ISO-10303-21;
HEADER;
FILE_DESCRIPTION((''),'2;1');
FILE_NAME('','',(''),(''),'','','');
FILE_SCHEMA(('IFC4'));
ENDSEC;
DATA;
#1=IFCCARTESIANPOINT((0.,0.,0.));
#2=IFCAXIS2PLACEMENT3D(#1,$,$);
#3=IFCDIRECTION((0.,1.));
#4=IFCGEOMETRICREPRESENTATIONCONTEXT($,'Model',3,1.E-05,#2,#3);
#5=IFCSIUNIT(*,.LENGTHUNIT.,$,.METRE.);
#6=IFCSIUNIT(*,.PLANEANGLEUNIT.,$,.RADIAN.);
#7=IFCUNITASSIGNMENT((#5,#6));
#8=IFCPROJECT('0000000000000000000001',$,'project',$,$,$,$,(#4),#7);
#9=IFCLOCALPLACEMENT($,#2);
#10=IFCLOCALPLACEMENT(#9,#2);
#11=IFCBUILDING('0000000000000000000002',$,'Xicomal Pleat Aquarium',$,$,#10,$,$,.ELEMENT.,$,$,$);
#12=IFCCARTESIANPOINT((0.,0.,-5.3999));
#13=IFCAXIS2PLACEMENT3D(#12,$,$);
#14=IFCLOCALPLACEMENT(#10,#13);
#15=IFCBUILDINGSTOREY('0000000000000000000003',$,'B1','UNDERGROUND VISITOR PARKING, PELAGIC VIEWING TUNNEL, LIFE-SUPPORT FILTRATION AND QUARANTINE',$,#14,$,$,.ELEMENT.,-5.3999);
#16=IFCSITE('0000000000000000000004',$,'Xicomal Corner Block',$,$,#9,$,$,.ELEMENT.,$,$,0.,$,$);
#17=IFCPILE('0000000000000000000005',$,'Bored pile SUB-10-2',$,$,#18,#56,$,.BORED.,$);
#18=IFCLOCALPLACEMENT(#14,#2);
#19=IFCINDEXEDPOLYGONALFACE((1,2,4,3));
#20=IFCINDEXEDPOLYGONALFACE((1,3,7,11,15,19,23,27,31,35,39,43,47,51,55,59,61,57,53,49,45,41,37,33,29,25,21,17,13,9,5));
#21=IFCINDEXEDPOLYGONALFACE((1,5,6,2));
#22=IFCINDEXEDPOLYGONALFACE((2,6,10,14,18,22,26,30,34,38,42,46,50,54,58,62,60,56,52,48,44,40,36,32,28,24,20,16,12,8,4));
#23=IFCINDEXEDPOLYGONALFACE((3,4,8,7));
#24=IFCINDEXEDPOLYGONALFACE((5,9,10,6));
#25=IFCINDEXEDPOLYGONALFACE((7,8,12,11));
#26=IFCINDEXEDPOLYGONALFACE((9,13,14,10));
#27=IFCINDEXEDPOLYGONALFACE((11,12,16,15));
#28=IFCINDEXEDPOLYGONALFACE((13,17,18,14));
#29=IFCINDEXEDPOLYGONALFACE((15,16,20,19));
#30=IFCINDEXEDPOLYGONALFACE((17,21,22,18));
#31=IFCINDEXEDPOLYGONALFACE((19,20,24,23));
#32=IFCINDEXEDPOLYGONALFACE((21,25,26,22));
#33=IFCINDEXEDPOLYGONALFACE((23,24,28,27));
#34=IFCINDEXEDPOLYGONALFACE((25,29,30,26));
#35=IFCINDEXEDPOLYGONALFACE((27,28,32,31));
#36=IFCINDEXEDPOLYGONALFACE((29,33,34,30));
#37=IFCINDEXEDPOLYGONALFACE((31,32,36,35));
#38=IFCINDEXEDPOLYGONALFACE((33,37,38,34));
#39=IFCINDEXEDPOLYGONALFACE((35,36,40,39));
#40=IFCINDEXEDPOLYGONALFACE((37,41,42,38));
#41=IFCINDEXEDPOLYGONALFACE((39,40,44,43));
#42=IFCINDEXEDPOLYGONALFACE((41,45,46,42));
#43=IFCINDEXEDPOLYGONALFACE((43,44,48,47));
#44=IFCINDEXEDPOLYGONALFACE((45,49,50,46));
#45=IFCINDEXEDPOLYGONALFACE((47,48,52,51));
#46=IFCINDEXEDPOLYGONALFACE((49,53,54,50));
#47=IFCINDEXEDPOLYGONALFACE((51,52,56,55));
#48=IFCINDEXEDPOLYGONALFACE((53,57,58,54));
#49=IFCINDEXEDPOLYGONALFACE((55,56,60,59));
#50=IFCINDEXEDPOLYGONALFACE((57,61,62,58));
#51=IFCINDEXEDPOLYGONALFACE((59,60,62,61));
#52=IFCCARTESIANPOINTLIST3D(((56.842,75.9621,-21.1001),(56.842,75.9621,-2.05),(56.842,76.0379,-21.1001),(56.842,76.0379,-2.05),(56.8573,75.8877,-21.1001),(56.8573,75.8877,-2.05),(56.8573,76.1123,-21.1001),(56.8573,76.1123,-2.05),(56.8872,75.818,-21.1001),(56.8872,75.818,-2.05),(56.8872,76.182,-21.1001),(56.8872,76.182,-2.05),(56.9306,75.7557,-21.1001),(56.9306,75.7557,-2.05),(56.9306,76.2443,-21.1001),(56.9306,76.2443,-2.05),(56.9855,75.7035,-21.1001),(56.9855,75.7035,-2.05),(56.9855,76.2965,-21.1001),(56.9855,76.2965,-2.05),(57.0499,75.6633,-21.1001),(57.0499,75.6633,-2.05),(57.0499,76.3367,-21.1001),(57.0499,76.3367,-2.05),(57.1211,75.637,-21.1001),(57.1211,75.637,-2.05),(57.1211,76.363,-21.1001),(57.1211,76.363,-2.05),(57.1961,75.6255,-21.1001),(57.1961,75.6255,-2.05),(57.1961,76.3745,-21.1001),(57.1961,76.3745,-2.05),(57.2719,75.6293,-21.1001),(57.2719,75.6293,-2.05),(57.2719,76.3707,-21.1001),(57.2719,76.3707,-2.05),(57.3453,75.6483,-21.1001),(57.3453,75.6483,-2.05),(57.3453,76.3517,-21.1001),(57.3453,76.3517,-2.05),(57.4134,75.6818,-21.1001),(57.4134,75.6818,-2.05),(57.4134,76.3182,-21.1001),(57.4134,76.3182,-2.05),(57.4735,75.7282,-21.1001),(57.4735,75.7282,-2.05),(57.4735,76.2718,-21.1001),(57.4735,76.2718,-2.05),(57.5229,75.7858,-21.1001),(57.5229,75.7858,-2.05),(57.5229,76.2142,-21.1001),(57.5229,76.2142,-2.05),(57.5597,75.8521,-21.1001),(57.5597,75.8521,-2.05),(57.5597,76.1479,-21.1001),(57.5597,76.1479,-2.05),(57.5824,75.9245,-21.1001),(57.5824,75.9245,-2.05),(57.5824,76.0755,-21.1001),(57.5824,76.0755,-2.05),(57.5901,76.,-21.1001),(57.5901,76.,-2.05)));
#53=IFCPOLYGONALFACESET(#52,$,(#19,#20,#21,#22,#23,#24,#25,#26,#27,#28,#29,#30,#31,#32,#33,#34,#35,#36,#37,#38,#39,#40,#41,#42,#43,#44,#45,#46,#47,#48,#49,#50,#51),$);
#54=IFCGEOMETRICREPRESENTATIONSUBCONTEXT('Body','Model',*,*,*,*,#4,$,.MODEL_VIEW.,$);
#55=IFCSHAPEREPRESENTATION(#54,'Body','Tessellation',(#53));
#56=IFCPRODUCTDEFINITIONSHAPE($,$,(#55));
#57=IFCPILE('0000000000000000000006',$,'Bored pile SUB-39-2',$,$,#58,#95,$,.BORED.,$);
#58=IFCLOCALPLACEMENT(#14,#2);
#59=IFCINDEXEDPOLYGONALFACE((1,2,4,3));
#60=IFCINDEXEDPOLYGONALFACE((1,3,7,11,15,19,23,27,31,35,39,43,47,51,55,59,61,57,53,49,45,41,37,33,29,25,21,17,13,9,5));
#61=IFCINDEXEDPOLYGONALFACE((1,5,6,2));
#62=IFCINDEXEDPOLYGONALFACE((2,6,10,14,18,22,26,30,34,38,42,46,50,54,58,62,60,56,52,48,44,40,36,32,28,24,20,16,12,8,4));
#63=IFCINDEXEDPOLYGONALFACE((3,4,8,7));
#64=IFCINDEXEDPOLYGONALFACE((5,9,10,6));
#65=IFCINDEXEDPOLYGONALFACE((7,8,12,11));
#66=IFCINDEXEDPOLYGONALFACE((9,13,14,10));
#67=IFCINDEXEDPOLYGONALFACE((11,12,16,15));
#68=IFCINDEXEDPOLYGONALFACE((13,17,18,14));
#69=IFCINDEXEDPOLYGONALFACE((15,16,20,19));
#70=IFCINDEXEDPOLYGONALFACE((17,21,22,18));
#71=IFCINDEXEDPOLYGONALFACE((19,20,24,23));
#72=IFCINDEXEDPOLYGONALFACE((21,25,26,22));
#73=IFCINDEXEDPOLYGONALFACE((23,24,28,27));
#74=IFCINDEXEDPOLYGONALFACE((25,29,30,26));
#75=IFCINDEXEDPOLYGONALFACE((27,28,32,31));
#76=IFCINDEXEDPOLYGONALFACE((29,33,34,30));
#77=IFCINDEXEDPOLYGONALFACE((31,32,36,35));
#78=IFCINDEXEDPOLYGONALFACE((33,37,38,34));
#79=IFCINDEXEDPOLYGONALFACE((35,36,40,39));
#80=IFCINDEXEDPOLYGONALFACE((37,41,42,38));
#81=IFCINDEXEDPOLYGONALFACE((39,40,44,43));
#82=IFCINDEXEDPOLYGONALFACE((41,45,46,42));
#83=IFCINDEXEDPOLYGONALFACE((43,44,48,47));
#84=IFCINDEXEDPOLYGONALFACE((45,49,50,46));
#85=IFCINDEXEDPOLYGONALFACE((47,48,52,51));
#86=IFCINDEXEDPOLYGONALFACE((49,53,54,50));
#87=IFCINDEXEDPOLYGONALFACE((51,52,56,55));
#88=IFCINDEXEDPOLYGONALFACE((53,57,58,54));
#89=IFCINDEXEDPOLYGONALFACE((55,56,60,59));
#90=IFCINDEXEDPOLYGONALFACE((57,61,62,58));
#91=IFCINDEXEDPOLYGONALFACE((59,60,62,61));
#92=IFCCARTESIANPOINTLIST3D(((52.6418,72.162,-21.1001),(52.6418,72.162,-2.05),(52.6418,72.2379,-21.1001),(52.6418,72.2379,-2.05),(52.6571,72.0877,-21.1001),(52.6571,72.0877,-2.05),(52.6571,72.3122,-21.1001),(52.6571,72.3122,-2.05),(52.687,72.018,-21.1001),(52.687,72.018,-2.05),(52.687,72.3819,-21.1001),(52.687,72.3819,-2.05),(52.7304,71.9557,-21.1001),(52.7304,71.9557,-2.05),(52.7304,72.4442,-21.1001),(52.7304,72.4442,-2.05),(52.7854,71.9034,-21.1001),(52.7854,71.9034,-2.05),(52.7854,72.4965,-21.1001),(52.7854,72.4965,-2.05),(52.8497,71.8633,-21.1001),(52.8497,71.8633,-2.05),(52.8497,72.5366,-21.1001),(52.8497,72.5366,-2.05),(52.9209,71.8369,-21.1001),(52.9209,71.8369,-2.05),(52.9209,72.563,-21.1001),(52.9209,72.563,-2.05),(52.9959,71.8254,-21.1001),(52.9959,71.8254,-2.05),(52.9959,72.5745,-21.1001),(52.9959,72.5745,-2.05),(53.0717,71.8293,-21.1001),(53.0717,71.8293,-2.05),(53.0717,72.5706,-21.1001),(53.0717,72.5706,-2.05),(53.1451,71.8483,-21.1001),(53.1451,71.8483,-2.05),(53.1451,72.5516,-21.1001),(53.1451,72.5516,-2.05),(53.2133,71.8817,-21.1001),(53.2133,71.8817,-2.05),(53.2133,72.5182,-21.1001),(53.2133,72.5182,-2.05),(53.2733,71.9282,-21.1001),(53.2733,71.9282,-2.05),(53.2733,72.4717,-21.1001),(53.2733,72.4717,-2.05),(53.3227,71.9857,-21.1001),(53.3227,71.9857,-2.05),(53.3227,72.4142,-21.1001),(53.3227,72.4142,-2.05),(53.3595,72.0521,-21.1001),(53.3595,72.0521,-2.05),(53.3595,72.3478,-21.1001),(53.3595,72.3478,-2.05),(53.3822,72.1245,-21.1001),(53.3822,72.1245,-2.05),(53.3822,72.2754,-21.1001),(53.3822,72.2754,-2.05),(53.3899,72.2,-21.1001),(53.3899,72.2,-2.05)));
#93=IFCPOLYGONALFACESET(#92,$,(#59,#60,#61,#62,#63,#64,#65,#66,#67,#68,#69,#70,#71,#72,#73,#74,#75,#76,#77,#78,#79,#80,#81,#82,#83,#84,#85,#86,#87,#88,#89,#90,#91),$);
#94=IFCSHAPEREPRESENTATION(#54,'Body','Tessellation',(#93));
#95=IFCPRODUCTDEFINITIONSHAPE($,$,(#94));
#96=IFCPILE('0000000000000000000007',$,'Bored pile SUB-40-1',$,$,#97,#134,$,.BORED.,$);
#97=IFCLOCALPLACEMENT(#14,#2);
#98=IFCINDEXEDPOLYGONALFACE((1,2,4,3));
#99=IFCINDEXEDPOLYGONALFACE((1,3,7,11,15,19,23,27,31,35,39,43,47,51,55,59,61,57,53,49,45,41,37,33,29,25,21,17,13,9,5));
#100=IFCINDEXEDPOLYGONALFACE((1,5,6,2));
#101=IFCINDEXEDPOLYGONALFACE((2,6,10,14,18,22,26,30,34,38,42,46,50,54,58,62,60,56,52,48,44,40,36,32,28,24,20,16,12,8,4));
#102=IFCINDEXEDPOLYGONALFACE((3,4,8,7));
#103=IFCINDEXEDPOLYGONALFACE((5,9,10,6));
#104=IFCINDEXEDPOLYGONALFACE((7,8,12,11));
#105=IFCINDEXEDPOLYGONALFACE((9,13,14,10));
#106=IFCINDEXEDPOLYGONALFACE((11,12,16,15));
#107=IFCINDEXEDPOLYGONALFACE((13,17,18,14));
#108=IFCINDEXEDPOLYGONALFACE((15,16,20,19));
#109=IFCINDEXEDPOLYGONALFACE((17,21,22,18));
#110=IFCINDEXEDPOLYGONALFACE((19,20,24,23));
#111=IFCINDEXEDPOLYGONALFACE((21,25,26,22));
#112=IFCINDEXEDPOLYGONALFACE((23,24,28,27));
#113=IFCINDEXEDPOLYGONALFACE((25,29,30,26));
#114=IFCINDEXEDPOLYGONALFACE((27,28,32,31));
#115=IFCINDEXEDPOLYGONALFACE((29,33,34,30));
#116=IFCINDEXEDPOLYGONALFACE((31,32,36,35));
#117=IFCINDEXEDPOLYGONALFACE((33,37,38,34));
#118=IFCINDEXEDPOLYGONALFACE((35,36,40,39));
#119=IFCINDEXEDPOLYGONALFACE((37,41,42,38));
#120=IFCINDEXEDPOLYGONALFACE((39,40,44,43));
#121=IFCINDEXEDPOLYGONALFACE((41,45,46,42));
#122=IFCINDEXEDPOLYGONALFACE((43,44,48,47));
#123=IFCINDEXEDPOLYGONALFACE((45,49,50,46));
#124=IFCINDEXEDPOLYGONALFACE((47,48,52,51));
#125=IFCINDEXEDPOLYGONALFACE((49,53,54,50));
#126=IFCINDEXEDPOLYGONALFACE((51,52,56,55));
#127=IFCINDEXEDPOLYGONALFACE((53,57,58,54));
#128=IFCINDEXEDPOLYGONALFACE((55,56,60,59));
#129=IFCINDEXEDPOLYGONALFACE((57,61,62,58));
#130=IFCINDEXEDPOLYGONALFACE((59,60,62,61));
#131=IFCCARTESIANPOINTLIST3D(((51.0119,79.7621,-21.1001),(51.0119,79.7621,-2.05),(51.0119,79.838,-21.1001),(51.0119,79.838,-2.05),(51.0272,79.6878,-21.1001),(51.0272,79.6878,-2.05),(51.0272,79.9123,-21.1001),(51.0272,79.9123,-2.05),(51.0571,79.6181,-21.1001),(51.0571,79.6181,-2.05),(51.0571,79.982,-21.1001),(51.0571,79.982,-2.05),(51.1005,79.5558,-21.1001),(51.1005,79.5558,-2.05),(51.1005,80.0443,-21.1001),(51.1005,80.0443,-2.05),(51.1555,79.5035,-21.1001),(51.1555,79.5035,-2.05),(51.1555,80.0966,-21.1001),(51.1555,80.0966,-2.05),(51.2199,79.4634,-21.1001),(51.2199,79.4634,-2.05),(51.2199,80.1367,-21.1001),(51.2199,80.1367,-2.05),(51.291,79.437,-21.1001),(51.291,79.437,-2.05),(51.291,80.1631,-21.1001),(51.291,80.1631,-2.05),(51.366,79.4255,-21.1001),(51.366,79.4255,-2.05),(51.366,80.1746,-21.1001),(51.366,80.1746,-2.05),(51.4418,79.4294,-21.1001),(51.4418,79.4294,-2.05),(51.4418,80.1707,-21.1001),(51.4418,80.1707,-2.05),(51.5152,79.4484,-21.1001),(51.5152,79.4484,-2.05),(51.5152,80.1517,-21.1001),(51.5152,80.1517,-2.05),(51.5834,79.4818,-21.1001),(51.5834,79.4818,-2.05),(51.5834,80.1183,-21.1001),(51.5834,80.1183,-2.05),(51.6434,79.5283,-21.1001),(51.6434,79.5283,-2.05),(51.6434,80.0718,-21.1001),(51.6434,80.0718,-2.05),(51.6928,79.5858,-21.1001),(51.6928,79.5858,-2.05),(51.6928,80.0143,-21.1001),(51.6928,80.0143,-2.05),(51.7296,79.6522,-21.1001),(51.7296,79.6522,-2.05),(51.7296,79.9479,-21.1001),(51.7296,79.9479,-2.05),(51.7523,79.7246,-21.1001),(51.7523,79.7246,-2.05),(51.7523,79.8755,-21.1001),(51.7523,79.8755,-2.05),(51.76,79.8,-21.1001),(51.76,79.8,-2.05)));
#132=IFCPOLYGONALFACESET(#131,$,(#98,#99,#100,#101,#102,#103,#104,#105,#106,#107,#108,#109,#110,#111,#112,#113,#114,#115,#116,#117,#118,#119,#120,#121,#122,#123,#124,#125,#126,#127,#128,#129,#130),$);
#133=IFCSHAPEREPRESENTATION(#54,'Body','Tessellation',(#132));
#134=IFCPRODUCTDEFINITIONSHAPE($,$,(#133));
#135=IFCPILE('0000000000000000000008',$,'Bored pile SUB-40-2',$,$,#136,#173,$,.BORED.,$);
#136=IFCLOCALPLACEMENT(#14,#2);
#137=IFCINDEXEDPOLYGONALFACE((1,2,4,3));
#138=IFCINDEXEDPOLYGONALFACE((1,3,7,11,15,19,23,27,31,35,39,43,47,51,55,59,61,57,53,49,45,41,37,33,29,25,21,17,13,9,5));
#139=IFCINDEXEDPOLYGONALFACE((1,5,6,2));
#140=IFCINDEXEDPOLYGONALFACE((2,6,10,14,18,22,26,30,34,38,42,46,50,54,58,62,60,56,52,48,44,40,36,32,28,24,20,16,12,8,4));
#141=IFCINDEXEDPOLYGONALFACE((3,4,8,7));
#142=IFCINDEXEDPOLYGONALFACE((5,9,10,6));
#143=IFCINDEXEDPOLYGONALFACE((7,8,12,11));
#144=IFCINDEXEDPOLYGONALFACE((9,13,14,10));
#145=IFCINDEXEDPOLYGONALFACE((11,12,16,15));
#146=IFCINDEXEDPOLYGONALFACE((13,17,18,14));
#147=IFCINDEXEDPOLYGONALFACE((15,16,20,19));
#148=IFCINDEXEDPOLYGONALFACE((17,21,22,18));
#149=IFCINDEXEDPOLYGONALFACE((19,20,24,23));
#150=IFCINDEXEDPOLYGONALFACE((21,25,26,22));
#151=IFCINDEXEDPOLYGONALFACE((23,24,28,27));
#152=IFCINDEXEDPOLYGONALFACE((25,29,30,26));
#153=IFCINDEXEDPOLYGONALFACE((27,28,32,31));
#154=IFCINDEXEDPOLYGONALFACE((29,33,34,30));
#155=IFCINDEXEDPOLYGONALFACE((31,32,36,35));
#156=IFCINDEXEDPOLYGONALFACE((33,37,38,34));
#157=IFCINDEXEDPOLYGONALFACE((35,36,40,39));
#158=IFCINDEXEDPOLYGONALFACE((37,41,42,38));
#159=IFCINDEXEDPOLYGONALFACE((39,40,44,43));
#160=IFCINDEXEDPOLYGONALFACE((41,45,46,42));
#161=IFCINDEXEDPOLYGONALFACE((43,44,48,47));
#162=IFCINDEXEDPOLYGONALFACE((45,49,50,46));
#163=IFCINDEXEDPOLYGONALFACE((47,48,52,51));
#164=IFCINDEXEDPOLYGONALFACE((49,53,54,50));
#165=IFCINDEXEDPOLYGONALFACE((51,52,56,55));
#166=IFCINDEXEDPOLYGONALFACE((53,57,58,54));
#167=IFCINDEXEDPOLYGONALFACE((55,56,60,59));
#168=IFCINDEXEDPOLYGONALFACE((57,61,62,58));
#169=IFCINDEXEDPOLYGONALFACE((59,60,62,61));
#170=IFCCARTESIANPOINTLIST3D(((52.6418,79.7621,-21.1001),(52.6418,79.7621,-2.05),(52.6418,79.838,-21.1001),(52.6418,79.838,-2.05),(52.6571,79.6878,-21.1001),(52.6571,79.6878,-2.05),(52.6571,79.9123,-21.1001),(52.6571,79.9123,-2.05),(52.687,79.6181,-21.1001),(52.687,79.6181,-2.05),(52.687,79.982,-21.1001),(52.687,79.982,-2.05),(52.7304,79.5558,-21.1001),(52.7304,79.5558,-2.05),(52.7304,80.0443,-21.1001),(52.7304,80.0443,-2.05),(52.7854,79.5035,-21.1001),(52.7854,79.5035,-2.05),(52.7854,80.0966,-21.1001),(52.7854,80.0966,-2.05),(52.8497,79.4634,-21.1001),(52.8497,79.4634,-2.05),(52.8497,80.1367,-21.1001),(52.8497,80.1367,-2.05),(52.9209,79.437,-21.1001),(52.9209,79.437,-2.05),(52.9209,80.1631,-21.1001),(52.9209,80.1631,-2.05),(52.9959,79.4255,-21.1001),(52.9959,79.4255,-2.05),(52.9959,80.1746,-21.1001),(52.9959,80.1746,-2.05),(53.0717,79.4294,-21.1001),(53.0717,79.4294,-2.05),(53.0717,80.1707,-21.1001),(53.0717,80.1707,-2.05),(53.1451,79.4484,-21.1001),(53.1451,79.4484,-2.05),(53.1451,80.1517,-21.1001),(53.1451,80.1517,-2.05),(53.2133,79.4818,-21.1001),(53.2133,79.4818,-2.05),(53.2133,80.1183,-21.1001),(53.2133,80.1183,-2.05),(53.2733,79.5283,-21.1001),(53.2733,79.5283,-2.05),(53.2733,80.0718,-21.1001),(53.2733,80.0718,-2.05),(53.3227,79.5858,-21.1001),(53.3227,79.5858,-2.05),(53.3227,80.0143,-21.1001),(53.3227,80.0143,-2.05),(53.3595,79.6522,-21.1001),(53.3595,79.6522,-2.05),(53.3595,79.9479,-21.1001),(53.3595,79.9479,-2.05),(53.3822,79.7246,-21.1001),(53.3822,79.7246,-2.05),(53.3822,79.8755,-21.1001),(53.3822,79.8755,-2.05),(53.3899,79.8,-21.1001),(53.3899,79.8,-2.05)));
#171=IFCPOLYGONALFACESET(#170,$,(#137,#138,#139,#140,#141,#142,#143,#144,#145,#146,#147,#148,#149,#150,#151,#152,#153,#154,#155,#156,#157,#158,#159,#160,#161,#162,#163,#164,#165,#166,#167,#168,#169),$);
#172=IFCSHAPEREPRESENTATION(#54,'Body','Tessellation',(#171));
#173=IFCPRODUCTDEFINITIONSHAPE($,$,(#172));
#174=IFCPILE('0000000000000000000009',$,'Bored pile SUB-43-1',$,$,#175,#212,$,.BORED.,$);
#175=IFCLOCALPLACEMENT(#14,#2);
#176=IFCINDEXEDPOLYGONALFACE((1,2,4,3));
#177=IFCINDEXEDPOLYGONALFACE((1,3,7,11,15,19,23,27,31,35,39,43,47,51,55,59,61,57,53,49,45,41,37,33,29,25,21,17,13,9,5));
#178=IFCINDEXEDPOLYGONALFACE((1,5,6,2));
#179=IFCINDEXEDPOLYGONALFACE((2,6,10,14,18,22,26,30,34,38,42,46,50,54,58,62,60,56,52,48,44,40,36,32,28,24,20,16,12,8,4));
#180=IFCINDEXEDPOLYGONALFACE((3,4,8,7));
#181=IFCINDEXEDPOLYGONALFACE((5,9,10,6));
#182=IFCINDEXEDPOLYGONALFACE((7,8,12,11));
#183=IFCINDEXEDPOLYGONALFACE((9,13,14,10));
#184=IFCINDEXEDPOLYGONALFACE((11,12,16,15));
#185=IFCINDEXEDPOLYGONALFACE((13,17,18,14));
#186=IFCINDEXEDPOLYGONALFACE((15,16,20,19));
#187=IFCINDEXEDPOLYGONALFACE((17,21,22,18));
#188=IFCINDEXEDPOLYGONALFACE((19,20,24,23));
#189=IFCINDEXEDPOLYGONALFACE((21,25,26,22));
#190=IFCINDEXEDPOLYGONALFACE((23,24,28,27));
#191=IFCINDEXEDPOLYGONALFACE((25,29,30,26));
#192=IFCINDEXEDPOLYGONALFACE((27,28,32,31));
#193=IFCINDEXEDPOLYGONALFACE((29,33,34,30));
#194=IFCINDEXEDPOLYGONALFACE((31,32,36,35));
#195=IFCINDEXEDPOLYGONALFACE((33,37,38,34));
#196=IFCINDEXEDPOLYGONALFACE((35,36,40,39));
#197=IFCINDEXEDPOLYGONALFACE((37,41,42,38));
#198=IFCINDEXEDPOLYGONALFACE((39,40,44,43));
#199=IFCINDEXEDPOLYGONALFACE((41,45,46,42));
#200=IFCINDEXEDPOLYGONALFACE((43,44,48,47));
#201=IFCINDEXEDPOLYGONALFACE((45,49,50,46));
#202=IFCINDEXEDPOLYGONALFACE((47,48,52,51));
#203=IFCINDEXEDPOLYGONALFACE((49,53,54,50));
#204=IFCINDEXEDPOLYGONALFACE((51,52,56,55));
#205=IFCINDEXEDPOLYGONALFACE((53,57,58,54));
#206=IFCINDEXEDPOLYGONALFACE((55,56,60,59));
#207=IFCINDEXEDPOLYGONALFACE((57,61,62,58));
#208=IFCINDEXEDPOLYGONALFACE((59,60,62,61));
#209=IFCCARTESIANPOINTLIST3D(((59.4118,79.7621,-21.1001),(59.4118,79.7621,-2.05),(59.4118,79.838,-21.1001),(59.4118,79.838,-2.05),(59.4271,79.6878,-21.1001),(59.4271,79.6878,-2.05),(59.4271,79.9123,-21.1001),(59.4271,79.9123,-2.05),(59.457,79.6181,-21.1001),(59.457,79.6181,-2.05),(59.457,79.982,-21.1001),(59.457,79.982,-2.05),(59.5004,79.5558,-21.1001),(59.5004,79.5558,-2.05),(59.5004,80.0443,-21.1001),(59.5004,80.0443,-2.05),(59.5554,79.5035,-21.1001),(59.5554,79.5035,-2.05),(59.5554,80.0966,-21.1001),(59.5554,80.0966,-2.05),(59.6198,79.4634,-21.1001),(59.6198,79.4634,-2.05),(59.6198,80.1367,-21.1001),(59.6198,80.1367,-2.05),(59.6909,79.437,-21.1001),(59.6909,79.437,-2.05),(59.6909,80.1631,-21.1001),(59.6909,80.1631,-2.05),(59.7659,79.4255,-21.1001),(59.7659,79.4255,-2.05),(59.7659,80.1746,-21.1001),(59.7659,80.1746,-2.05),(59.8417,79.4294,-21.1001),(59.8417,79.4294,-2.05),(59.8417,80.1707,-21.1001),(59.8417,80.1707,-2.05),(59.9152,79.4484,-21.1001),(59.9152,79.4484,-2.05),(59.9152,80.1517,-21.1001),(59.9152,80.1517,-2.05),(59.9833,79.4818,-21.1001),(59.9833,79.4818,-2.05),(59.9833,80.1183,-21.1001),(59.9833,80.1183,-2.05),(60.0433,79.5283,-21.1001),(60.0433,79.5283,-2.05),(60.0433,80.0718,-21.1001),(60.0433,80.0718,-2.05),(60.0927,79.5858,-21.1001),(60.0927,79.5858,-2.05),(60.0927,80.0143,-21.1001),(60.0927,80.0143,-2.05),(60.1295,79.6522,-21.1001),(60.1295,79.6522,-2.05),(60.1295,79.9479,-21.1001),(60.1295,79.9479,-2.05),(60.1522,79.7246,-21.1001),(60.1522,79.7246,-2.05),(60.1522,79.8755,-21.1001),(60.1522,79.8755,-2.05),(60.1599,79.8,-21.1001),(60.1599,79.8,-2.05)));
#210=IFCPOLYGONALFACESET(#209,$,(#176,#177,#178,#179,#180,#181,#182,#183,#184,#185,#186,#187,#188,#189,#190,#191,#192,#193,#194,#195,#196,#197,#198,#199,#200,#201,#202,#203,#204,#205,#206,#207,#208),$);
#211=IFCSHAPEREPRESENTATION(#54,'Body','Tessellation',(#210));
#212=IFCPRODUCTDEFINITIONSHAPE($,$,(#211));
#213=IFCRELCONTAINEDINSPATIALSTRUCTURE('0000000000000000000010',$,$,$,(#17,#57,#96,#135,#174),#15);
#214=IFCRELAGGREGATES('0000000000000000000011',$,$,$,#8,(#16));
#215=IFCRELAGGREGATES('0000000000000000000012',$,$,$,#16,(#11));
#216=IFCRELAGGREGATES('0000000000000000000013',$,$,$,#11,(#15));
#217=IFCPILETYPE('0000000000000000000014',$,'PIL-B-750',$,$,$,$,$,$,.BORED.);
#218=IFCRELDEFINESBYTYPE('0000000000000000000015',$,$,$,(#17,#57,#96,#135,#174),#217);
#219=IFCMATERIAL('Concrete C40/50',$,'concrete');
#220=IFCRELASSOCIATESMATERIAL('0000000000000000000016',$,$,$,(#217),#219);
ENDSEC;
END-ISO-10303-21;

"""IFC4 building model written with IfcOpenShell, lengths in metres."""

from ifc_helpers import new_model, si_unit, direction, frame, origin, origin_2d, place, context, subcontext, project, spatial, circle, extrude, material, material_profile, profile_set, type_object, element, save


model = new_model("IFC4")

# Units and contexts
model_context = context("Model", 3, precision=1e-05, world=origin(), true_north=direction((0.0, 1.0)))
body_context = subcontext(model_context, "Body", "Model", "MODEL_VIEW")
ifc_project = project(units=[si_unit("LENGTHUNIT", "METRE"), si_unit("PLANEANGLEUNIT", "RADIAN")], contexts=[model_context])

# Site, building, storey
site_placement = place(None, origin())
site = spatial("IfcSite", under=ifc_project, at=site_placement, Name="Xicomal Corner Block", CompositionType="ELEMENT", RefElevation=0.0)
building_placement = place(site_placement, origin())
building = spatial("IfcBuilding", under=site, at=building_placement, Name="Xicomal Pleat Aquarium", CompositionType="ELEMENT")
storey_placement = place(building_placement, frame((0.0, 0.0, -5.3999)))
storey = spatial("IfcBuildingStorey", under=building, at=storey_placement, Name="B1", Description="UNDERGROUND VISITOR PARKING, PELAGIC VIEWING TUNNEL, LIFE-SUPPORT FILTRATION AND QUARANTINE", CompositionType="ELEMENT", Elevation=-5.3999)

# Piles
ifc_material_1 = material(Name="Concrete C40/50", Category="concrete")
ifc_material_profile_1 = material_profile(ifc_material_1, circle(Radius=0.375, at=origin_2d()), Name="BORED PILE D750")
ifc_profile_set_1 = profile_set([ifc_material_profile_1], Name="Concrete C40/50")
pile_type_1 = type_object("IfcPileType", Name="PIL-B-750", PredefinedType="BORED", material=ifc_profile_set_1)
for number, where, z_axis, x_axis, name in (
    (1, (57.2151, 76.0, -2.05), (0.0, 0.0, -1.0), (1.0, 0.0, 0.0), "Bored pile SUB-10-2"),
    (2, (53.0149, 72.2, -2.05), (0.0, 0.0, -1.0), (1.0, 0.0, 0.0), "Bored pile SUB-39-2"),
    (3, (51.385, 79.8, -2.05), (0.0, 0.0, -1.0), (1.0, 0.0, 0.0), "Bored pile SUB-40-1"),
    (4, (53.0149, 79.8, -2.05), (0.0, 0.0, -1.0), (1.0, 0.0, 0.0), "Bored pile SUB-40-2"),
    (5, (59.7849, 79.8, -2.05), (0.0, 0.0, -1.0), (1.0, 0.0, 0.0), "Bored pile SUB-43-1"),
):
    element("IfcPile", number, at=place(storey_placement, frame(where, z_axis=z_axis, x_axis=x_axis)), inside=storey, type_object=pile_type_1, Name=name, PredefinedType="BORED", context=body_context, shape_type="SweptSolid", body=[
        extrude(circle(Radius=0.375, at=origin_2d()), origin(), (0.0, 0.0, 1.0), 19.05),
    ])

save(model, "model.ifc")
